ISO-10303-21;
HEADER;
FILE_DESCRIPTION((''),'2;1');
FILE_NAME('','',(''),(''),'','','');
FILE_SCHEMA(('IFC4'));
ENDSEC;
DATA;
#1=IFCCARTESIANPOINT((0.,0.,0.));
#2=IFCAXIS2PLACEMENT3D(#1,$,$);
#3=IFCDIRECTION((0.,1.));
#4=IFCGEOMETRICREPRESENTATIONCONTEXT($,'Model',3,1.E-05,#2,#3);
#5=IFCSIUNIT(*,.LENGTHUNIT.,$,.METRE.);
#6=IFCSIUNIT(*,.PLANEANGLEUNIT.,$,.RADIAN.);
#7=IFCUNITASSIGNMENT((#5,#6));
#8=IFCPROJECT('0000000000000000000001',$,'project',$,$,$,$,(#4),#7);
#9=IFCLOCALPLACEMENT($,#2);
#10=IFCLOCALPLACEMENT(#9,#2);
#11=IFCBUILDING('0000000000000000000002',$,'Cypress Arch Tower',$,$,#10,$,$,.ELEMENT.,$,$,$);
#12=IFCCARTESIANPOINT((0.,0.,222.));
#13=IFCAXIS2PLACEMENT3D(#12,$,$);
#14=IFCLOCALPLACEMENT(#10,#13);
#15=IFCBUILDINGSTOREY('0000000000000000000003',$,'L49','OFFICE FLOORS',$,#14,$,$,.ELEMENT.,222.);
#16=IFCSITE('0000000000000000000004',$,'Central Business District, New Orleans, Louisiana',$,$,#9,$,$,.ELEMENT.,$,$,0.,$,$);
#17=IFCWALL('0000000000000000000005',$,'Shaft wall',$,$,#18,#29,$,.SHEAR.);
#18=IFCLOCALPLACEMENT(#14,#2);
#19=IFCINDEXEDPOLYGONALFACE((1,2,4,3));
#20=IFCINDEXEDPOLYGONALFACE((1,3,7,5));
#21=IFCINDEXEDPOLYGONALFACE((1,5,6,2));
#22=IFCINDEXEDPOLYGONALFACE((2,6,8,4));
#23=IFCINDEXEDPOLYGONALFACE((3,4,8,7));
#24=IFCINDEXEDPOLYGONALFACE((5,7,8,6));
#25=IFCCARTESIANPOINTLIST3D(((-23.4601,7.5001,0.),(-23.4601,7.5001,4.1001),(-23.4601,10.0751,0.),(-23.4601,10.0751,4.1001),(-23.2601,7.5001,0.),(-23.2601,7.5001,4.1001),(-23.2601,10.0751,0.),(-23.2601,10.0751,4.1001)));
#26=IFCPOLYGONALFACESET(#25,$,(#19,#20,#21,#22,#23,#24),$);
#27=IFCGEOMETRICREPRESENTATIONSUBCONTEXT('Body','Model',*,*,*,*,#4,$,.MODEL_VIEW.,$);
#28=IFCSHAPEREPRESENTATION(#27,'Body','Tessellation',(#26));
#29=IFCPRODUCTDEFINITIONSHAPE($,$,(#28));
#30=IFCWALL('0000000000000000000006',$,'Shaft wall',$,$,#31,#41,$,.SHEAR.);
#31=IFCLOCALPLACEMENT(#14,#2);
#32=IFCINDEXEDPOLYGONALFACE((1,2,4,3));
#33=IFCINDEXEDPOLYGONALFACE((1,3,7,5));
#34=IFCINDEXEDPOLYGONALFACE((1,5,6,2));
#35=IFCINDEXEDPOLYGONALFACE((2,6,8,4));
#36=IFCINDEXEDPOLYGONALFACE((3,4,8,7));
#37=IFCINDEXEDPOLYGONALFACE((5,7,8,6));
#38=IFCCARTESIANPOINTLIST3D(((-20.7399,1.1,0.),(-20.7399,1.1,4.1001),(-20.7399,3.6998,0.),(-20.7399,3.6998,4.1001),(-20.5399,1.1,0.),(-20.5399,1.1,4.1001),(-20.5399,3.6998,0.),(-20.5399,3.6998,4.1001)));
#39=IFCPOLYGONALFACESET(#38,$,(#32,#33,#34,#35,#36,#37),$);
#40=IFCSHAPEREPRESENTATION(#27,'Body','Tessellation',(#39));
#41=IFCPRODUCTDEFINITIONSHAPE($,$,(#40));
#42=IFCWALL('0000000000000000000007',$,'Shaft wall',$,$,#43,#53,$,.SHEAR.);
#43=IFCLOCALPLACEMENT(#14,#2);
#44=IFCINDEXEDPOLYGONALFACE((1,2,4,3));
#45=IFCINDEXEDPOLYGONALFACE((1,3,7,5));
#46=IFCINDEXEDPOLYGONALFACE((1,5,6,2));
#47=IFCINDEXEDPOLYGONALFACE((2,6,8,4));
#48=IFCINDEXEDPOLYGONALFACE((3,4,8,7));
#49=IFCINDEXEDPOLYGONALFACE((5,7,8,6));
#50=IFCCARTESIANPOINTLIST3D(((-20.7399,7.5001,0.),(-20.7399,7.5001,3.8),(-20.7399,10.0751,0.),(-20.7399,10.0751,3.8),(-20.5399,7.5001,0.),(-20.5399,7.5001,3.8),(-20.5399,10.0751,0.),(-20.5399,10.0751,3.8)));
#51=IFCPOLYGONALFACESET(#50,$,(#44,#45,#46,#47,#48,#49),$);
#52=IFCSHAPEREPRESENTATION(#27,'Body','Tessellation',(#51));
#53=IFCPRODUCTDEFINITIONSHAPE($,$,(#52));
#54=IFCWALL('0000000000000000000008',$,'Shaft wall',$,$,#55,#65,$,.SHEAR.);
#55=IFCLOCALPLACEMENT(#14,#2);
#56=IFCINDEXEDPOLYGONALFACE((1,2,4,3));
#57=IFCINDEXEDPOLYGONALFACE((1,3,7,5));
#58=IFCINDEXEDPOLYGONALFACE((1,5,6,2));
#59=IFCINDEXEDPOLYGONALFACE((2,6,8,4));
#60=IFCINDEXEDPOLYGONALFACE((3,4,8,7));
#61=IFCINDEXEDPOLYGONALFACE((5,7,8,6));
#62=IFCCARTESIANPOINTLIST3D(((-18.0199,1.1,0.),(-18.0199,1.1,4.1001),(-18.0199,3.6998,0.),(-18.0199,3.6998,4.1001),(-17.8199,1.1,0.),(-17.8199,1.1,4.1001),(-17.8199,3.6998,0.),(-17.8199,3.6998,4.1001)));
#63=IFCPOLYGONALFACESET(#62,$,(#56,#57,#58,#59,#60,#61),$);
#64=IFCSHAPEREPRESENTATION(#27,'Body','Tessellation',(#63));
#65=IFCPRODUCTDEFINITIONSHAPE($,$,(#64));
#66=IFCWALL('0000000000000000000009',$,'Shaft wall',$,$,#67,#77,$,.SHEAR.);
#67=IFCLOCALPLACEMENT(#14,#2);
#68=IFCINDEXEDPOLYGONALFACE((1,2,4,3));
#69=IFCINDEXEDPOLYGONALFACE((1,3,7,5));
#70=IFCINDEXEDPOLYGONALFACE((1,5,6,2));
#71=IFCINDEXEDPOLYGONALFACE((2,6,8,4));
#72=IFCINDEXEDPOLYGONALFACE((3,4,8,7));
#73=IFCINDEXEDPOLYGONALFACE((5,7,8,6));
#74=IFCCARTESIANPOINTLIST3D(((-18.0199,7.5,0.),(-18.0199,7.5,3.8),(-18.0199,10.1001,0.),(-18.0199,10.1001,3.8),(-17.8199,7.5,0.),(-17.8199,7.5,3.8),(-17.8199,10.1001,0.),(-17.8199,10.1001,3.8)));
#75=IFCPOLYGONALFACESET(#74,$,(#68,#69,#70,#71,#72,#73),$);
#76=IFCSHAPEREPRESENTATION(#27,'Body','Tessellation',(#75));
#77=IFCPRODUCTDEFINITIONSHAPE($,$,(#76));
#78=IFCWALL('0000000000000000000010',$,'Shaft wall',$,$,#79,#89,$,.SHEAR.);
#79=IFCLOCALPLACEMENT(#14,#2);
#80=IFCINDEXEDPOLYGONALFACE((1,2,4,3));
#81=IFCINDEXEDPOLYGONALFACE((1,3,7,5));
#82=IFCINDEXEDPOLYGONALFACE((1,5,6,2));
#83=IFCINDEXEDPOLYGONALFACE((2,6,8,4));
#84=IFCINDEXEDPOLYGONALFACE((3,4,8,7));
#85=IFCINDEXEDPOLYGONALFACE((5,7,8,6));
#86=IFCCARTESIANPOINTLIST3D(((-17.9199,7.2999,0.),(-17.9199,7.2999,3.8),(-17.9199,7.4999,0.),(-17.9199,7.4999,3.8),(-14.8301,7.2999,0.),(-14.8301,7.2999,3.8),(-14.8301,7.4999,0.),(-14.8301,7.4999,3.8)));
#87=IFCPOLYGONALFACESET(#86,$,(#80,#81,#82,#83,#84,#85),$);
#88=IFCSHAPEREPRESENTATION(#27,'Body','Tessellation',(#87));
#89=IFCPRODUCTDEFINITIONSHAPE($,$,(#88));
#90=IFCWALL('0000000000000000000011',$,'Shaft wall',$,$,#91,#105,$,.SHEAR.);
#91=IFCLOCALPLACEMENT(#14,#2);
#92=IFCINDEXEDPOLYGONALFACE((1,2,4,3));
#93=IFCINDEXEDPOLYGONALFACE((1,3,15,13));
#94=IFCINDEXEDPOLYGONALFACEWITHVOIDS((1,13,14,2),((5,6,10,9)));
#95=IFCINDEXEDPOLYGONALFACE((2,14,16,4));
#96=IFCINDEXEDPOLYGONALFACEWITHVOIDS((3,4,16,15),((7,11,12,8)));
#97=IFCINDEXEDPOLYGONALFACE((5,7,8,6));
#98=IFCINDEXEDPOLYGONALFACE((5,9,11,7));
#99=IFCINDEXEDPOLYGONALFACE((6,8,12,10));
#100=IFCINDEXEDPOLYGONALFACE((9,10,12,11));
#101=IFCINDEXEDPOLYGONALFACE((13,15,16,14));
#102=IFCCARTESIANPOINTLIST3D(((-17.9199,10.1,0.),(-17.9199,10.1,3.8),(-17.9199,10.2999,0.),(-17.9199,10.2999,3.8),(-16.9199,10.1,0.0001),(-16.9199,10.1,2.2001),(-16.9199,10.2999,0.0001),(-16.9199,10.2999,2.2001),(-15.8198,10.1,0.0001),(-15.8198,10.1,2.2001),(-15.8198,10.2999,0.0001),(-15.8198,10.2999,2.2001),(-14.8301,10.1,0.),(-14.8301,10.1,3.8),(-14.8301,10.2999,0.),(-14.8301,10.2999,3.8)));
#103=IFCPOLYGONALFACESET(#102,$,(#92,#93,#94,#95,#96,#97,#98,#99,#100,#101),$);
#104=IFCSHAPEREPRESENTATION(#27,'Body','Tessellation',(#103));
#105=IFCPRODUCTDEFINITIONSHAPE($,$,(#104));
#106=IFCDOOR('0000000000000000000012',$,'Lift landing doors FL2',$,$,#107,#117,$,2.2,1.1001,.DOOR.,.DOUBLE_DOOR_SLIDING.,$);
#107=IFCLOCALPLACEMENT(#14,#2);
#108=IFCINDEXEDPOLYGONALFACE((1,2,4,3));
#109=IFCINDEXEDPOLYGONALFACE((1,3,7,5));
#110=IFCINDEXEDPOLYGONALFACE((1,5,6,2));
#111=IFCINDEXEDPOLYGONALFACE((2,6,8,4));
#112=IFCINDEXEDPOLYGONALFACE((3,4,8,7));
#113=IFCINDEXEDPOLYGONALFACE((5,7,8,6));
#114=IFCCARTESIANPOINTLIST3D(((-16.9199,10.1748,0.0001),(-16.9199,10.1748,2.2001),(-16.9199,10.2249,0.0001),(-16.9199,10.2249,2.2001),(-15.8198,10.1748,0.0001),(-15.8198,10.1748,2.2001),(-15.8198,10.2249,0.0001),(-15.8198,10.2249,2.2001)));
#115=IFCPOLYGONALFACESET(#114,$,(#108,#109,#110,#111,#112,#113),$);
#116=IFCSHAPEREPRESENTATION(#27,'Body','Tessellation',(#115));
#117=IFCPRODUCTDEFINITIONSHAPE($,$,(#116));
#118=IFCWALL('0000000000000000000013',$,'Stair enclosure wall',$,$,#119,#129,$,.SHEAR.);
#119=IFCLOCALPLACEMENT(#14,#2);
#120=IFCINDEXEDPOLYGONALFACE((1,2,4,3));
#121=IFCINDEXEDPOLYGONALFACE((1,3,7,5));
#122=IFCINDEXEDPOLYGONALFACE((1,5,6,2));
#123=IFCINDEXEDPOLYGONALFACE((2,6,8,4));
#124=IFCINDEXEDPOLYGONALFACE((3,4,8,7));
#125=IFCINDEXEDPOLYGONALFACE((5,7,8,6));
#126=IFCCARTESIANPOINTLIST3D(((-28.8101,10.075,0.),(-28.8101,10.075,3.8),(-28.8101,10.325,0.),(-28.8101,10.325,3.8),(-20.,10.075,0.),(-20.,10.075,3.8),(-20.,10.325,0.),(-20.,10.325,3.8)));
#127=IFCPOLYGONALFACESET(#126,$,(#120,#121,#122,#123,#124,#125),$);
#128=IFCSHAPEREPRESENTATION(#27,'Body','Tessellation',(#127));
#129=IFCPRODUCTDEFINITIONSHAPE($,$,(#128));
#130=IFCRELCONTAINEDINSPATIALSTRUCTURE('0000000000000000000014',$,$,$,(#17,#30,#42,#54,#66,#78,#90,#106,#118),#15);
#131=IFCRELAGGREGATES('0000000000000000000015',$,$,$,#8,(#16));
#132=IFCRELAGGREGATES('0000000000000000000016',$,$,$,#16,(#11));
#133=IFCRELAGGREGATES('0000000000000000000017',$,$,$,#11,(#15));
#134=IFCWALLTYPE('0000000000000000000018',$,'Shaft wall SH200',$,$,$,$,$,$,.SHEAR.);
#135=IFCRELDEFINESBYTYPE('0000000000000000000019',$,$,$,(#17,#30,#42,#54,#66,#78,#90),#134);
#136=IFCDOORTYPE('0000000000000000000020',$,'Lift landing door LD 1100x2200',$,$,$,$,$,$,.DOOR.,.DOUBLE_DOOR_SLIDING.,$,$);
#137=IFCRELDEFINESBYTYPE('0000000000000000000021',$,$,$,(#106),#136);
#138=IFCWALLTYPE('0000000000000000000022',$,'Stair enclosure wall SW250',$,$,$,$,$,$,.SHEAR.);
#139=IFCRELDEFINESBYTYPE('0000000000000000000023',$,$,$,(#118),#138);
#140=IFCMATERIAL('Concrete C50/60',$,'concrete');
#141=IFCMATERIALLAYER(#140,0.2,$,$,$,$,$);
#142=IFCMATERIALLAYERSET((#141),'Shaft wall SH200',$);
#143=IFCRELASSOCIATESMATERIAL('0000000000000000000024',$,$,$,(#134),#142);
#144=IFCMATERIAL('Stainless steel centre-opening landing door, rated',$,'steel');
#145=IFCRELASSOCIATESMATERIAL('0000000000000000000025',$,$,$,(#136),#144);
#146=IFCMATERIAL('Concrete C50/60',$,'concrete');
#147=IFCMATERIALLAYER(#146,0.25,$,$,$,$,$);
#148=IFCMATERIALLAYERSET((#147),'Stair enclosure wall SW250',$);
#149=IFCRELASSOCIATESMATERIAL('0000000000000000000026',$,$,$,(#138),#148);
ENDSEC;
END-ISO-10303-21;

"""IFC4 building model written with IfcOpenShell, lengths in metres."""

from ifc_helpers import new_model, si_unit, direction, frame, frame_2d, origin, place, context, subcontext, project, spatial, rectangle, extrude, material, layer, layer_set, type_object, element, fill, save


model = new_model("IFC4")

# Units and contexts
model_context = context("Model", 3, precision=1e-05, world=origin(), true_north=direction((0.0, 1.0)))
body_context = subcontext(model_context, "Body", "Model", "MODEL_VIEW")
ifc_project = project(units=[si_unit("LENGTHUNIT", "METRE"), si_unit("PLANEANGLEUNIT", "RADIAN")], contexts=[model_context])

# Site, building, storey
site_placement = place(None, origin())
site = spatial("IfcSite", under=ifc_project, at=site_placement, Name="Central Business District, New Orleans, Louisiana", CompositionType="ELEMENT", RefElevation=0.0)
building_placement = place(site_placement, origin())
building = spatial("IfcBuilding", under=site, at=building_placement, Name="Cypress Arch Tower", CompositionType="ELEMENT")
storey_placement = place(building_placement, frame((0.0, 0.0, 222.0)))
storey = spatial("IfcBuildingStorey", under=building, at=storey_placement, Name="L49", Description="OFFICE FLOORS", CompositionType="ELEMENT", Elevation=222.0)

# Shared definitions
ifc_material_1 = material(Name="Concrete C50/60", Category="concrete")
ifc_layer_1 = layer(ifc_material_1, 0.2)
ifc_layer_set_1 = layer_set([ifc_layer_1], Name="Shaft wall SH200")
wall_type_1 = type_object("IfcWallType", Name="Shaft wall SH200", PredefinedType="SHEAR", material=ifc_layer_set_1)
ifc_material_2 = material(Name="Stainless steel centre-opening landing door, rated", Category="steel")
door_type_1 = type_object("IfcDoorType", Name="Lift landing door LD 1100x2200", OperationType="DOUBLE_DOOR_SLIDING", PredefinedType="DOOR", material=ifc_material_2)

# Walls
for number, where, z_axis, x_axis, name in (
    (1, (-23.3601, 7.5, 0.0), (0.0, 0.0, 1.0), (0.0, 1.0, 0.0), "Shaft wall"),
):
    element("IfcWall", number, at=place(storey_placement, frame(where, z_axis=z_axis, x_axis=x_axis)), inside=storey, type_object=wall_type_1, Name=name, PredefinedType="SHEAR", context=body_context, shape_type="SweptSolid", body=[
        extrude(rectangle(XDim=2.575, YDim=0.2, at=frame_2d((1.2876, 0.0))), origin(), (0.0, 0.0, 1.0), 4.1001),
    ])
wall_1_placement = place(storey_placement, frame((-20.6399, 1.1001, 0.0), z_axis=(0.0, 0.0, 1.0), x_axis=(0.0, 1.0, 0.0)))
element("IfcWall", 2, at=wall_1_placement, inside=storey, type_object=wall_type_1, Name="Shaft wall", PredefinedType="SHEAR", context=body_context, shape_type="SweptSolid", body=[
    extrude(rectangle(XDim=2.5999, YDim=0.2, at=frame_2d((1.2998, 0.0))), origin(), (0.0, 0.0, 1.0), 4.1001),
])
wall_2_placement = place(storey_placement, frame((-20.6399, 7.5, 0.0), z_axis=(0.0, 0.0, 1.0), x_axis=(0.0, 1.0, 0.0)))
element("IfcWall", 3, at=wall_2_placement, inside=storey, type_object=wall_type_1, Name="Shaft wall", PredefinedType="SHEAR", context=body_context, shape_type="SweptSolid", body=[
    extrude(rectangle(XDim=2.575, YDim=0.2, at=frame_2d((1.2876, 0.0))), origin(), (0.0, 0.0, 1.0), 3.8),
])
wall_3_placement = place(storey_placement, frame((-17.9199, 1.1001, 0.0), z_axis=(0.0, 0.0, 1.0), x_axis=(0.0, 1.0, 0.0)))
element("IfcWall", 4, at=wall_3_placement, inside=storey, type_object=wall_type_1, Name="Shaft wall", PredefinedType="SHEAR", context=body_context, shape_type="SweptSolid", body=[
    extrude(rectangle(XDim=2.5999, YDim=0.2, at=frame_2d((1.2998, 0.0))), origin(), (0.0, 0.0, 1.0), 4.1001),
])
wall_4_placement = place(storey_placement, frame((-17.9199, 7.5, 0.0), z_axis=(0.0, 0.0, 1.0), x_axis=(0.0, 1.0, 0.0)))
element("IfcWall", 5, at=wall_4_placement, inside=storey, type_object=wall_type_1, Name="Shaft wall", PredefinedType="SHEAR", context=body_context, shape_type="SweptSolid", body=[
    extrude(rectangle(XDim=2.6001, YDim=0.2, at=frame_2d((1.3, 0.0))), origin(), (0.0, 0.0, 1.0), 3.8),
])
wall_5_placement = place(storey_placement, frame((-17.9199, 7.3999, 0.0), z_axis=(0.0, 0.0, 1.0), x_axis=(1.0, 0.0, 0.0)))
element("IfcWall", 6, at=wall_5_placement, inside=storey, type_object=wall_type_1, Name="Shaft wall", PredefinedType="SHEAR", context=body_context, shape_type="SweptSolid", body=[
    extrude(rectangle(XDim=3.0898, YDim=0.2, at=frame_2d((1.5449, 0.0))), origin(), (0.0, 0.0, 1.0), 3.8),
])

# Wall, opening, door
wall_6_placement = place(storey_placement, frame((-17.9199, 10.2, 0.0), z_axis=(0.0, 0.0, 1.0), x_axis=(1.0, 0.0, 0.0)))
wall_6 = element("IfcWall", 7, at=wall_6_placement, inside=storey, type_object=wall_type_1, Name="Shaft wall", PredefinedType="SHEAR", context=body_context, shape_type="SweptSolid", body=[
    extrude(rectangle(XDim=3.0898, YDim=0.2, at=frame_2d((1.5449, 0.0))), origin(), (0.0, 0.0, 1.0), 3.8),
])
opening_1_placement = place(wall_6_placement, frame((1.0, 0.0, 0.0)))
opening_1 = element("IfcOpeningElement", 8, at=opening_1_placement, cuts=wall_6, PredefinedType="OPENING", context=body_context, shape_type="SweptSolid", body=[
    extrude(rectangle(XDim=1.1001, YDim=2.2, at=frame_2d((0.55, 1.1001))), frame((0.0, 0.1099, 0.0), z_axis=(0.0, -1.0, 0.0), x_axis=(1.0, 0.0, 0.0)), (0.0, 0.0, 1.0), 0.22),
])
door_1_placement = place(opening_1_placement, origin())
door_1 = element("IfcDoor", 9, at=door_1_placement, inside=storey, type_object=door_type_1, Name="Lift landing doors FL2", OperationType="DOUBLE_DOOR_SLIDING", OverallHeight=2.2, OverallWidth=1.1001, PredefinedType="DOOR", context=body_context, shape_type="SweptSolid", body=[
    extrude(rectangle(XDim=1.1001, YDim=2.2, at=frame_2d((0.55, 1.1001))), frame((0.0, 0.0249, 0.0), z_axis=(0.0, -1.0, 0.0), x_axis=(1.0, 0.0, 0.0)), (0.0, 0.0, 1.0), 0.05),
])
fill(opening_1, door_1)

# Wall
ifc_material_3 = material(Name="Concrete C50/60", Category="concrete")
ifc_layer_2 = layer(ifc_material_3, 0.25)
ifc_layer_set_2 = layer_set([ifc_layer_2], Name="Stair enclosure wall SW250")
wall_type_2 = type_object("IfcWallType", Name="Stair enclosure wall SW250", PredefinedType="SHEAR", material=ifc_layer_set_2)
wall_7_placement = place(storey_placement, frame((-28.8101, 10.2, 0.0), z_axis=(0.0, 0.0, 1.0), x_axis=(1.0, 0.0, 0.0)))
element("IfcWall", 10, at=wall_7_placement, inside=storey, type_object=wall_type_2, Name="Stair enclosure wall", PredefinedType="SHEAR", context=body_context, shape_type="SweptSolid", body=[
    extrude(rectangle(XDim=8.8101, YDim=0.25, at=frame_2d((4.405, 0.0))), origin(), (0.0, 0.0, 1.0), 3.8),
])

save(model, "model.ifc")
